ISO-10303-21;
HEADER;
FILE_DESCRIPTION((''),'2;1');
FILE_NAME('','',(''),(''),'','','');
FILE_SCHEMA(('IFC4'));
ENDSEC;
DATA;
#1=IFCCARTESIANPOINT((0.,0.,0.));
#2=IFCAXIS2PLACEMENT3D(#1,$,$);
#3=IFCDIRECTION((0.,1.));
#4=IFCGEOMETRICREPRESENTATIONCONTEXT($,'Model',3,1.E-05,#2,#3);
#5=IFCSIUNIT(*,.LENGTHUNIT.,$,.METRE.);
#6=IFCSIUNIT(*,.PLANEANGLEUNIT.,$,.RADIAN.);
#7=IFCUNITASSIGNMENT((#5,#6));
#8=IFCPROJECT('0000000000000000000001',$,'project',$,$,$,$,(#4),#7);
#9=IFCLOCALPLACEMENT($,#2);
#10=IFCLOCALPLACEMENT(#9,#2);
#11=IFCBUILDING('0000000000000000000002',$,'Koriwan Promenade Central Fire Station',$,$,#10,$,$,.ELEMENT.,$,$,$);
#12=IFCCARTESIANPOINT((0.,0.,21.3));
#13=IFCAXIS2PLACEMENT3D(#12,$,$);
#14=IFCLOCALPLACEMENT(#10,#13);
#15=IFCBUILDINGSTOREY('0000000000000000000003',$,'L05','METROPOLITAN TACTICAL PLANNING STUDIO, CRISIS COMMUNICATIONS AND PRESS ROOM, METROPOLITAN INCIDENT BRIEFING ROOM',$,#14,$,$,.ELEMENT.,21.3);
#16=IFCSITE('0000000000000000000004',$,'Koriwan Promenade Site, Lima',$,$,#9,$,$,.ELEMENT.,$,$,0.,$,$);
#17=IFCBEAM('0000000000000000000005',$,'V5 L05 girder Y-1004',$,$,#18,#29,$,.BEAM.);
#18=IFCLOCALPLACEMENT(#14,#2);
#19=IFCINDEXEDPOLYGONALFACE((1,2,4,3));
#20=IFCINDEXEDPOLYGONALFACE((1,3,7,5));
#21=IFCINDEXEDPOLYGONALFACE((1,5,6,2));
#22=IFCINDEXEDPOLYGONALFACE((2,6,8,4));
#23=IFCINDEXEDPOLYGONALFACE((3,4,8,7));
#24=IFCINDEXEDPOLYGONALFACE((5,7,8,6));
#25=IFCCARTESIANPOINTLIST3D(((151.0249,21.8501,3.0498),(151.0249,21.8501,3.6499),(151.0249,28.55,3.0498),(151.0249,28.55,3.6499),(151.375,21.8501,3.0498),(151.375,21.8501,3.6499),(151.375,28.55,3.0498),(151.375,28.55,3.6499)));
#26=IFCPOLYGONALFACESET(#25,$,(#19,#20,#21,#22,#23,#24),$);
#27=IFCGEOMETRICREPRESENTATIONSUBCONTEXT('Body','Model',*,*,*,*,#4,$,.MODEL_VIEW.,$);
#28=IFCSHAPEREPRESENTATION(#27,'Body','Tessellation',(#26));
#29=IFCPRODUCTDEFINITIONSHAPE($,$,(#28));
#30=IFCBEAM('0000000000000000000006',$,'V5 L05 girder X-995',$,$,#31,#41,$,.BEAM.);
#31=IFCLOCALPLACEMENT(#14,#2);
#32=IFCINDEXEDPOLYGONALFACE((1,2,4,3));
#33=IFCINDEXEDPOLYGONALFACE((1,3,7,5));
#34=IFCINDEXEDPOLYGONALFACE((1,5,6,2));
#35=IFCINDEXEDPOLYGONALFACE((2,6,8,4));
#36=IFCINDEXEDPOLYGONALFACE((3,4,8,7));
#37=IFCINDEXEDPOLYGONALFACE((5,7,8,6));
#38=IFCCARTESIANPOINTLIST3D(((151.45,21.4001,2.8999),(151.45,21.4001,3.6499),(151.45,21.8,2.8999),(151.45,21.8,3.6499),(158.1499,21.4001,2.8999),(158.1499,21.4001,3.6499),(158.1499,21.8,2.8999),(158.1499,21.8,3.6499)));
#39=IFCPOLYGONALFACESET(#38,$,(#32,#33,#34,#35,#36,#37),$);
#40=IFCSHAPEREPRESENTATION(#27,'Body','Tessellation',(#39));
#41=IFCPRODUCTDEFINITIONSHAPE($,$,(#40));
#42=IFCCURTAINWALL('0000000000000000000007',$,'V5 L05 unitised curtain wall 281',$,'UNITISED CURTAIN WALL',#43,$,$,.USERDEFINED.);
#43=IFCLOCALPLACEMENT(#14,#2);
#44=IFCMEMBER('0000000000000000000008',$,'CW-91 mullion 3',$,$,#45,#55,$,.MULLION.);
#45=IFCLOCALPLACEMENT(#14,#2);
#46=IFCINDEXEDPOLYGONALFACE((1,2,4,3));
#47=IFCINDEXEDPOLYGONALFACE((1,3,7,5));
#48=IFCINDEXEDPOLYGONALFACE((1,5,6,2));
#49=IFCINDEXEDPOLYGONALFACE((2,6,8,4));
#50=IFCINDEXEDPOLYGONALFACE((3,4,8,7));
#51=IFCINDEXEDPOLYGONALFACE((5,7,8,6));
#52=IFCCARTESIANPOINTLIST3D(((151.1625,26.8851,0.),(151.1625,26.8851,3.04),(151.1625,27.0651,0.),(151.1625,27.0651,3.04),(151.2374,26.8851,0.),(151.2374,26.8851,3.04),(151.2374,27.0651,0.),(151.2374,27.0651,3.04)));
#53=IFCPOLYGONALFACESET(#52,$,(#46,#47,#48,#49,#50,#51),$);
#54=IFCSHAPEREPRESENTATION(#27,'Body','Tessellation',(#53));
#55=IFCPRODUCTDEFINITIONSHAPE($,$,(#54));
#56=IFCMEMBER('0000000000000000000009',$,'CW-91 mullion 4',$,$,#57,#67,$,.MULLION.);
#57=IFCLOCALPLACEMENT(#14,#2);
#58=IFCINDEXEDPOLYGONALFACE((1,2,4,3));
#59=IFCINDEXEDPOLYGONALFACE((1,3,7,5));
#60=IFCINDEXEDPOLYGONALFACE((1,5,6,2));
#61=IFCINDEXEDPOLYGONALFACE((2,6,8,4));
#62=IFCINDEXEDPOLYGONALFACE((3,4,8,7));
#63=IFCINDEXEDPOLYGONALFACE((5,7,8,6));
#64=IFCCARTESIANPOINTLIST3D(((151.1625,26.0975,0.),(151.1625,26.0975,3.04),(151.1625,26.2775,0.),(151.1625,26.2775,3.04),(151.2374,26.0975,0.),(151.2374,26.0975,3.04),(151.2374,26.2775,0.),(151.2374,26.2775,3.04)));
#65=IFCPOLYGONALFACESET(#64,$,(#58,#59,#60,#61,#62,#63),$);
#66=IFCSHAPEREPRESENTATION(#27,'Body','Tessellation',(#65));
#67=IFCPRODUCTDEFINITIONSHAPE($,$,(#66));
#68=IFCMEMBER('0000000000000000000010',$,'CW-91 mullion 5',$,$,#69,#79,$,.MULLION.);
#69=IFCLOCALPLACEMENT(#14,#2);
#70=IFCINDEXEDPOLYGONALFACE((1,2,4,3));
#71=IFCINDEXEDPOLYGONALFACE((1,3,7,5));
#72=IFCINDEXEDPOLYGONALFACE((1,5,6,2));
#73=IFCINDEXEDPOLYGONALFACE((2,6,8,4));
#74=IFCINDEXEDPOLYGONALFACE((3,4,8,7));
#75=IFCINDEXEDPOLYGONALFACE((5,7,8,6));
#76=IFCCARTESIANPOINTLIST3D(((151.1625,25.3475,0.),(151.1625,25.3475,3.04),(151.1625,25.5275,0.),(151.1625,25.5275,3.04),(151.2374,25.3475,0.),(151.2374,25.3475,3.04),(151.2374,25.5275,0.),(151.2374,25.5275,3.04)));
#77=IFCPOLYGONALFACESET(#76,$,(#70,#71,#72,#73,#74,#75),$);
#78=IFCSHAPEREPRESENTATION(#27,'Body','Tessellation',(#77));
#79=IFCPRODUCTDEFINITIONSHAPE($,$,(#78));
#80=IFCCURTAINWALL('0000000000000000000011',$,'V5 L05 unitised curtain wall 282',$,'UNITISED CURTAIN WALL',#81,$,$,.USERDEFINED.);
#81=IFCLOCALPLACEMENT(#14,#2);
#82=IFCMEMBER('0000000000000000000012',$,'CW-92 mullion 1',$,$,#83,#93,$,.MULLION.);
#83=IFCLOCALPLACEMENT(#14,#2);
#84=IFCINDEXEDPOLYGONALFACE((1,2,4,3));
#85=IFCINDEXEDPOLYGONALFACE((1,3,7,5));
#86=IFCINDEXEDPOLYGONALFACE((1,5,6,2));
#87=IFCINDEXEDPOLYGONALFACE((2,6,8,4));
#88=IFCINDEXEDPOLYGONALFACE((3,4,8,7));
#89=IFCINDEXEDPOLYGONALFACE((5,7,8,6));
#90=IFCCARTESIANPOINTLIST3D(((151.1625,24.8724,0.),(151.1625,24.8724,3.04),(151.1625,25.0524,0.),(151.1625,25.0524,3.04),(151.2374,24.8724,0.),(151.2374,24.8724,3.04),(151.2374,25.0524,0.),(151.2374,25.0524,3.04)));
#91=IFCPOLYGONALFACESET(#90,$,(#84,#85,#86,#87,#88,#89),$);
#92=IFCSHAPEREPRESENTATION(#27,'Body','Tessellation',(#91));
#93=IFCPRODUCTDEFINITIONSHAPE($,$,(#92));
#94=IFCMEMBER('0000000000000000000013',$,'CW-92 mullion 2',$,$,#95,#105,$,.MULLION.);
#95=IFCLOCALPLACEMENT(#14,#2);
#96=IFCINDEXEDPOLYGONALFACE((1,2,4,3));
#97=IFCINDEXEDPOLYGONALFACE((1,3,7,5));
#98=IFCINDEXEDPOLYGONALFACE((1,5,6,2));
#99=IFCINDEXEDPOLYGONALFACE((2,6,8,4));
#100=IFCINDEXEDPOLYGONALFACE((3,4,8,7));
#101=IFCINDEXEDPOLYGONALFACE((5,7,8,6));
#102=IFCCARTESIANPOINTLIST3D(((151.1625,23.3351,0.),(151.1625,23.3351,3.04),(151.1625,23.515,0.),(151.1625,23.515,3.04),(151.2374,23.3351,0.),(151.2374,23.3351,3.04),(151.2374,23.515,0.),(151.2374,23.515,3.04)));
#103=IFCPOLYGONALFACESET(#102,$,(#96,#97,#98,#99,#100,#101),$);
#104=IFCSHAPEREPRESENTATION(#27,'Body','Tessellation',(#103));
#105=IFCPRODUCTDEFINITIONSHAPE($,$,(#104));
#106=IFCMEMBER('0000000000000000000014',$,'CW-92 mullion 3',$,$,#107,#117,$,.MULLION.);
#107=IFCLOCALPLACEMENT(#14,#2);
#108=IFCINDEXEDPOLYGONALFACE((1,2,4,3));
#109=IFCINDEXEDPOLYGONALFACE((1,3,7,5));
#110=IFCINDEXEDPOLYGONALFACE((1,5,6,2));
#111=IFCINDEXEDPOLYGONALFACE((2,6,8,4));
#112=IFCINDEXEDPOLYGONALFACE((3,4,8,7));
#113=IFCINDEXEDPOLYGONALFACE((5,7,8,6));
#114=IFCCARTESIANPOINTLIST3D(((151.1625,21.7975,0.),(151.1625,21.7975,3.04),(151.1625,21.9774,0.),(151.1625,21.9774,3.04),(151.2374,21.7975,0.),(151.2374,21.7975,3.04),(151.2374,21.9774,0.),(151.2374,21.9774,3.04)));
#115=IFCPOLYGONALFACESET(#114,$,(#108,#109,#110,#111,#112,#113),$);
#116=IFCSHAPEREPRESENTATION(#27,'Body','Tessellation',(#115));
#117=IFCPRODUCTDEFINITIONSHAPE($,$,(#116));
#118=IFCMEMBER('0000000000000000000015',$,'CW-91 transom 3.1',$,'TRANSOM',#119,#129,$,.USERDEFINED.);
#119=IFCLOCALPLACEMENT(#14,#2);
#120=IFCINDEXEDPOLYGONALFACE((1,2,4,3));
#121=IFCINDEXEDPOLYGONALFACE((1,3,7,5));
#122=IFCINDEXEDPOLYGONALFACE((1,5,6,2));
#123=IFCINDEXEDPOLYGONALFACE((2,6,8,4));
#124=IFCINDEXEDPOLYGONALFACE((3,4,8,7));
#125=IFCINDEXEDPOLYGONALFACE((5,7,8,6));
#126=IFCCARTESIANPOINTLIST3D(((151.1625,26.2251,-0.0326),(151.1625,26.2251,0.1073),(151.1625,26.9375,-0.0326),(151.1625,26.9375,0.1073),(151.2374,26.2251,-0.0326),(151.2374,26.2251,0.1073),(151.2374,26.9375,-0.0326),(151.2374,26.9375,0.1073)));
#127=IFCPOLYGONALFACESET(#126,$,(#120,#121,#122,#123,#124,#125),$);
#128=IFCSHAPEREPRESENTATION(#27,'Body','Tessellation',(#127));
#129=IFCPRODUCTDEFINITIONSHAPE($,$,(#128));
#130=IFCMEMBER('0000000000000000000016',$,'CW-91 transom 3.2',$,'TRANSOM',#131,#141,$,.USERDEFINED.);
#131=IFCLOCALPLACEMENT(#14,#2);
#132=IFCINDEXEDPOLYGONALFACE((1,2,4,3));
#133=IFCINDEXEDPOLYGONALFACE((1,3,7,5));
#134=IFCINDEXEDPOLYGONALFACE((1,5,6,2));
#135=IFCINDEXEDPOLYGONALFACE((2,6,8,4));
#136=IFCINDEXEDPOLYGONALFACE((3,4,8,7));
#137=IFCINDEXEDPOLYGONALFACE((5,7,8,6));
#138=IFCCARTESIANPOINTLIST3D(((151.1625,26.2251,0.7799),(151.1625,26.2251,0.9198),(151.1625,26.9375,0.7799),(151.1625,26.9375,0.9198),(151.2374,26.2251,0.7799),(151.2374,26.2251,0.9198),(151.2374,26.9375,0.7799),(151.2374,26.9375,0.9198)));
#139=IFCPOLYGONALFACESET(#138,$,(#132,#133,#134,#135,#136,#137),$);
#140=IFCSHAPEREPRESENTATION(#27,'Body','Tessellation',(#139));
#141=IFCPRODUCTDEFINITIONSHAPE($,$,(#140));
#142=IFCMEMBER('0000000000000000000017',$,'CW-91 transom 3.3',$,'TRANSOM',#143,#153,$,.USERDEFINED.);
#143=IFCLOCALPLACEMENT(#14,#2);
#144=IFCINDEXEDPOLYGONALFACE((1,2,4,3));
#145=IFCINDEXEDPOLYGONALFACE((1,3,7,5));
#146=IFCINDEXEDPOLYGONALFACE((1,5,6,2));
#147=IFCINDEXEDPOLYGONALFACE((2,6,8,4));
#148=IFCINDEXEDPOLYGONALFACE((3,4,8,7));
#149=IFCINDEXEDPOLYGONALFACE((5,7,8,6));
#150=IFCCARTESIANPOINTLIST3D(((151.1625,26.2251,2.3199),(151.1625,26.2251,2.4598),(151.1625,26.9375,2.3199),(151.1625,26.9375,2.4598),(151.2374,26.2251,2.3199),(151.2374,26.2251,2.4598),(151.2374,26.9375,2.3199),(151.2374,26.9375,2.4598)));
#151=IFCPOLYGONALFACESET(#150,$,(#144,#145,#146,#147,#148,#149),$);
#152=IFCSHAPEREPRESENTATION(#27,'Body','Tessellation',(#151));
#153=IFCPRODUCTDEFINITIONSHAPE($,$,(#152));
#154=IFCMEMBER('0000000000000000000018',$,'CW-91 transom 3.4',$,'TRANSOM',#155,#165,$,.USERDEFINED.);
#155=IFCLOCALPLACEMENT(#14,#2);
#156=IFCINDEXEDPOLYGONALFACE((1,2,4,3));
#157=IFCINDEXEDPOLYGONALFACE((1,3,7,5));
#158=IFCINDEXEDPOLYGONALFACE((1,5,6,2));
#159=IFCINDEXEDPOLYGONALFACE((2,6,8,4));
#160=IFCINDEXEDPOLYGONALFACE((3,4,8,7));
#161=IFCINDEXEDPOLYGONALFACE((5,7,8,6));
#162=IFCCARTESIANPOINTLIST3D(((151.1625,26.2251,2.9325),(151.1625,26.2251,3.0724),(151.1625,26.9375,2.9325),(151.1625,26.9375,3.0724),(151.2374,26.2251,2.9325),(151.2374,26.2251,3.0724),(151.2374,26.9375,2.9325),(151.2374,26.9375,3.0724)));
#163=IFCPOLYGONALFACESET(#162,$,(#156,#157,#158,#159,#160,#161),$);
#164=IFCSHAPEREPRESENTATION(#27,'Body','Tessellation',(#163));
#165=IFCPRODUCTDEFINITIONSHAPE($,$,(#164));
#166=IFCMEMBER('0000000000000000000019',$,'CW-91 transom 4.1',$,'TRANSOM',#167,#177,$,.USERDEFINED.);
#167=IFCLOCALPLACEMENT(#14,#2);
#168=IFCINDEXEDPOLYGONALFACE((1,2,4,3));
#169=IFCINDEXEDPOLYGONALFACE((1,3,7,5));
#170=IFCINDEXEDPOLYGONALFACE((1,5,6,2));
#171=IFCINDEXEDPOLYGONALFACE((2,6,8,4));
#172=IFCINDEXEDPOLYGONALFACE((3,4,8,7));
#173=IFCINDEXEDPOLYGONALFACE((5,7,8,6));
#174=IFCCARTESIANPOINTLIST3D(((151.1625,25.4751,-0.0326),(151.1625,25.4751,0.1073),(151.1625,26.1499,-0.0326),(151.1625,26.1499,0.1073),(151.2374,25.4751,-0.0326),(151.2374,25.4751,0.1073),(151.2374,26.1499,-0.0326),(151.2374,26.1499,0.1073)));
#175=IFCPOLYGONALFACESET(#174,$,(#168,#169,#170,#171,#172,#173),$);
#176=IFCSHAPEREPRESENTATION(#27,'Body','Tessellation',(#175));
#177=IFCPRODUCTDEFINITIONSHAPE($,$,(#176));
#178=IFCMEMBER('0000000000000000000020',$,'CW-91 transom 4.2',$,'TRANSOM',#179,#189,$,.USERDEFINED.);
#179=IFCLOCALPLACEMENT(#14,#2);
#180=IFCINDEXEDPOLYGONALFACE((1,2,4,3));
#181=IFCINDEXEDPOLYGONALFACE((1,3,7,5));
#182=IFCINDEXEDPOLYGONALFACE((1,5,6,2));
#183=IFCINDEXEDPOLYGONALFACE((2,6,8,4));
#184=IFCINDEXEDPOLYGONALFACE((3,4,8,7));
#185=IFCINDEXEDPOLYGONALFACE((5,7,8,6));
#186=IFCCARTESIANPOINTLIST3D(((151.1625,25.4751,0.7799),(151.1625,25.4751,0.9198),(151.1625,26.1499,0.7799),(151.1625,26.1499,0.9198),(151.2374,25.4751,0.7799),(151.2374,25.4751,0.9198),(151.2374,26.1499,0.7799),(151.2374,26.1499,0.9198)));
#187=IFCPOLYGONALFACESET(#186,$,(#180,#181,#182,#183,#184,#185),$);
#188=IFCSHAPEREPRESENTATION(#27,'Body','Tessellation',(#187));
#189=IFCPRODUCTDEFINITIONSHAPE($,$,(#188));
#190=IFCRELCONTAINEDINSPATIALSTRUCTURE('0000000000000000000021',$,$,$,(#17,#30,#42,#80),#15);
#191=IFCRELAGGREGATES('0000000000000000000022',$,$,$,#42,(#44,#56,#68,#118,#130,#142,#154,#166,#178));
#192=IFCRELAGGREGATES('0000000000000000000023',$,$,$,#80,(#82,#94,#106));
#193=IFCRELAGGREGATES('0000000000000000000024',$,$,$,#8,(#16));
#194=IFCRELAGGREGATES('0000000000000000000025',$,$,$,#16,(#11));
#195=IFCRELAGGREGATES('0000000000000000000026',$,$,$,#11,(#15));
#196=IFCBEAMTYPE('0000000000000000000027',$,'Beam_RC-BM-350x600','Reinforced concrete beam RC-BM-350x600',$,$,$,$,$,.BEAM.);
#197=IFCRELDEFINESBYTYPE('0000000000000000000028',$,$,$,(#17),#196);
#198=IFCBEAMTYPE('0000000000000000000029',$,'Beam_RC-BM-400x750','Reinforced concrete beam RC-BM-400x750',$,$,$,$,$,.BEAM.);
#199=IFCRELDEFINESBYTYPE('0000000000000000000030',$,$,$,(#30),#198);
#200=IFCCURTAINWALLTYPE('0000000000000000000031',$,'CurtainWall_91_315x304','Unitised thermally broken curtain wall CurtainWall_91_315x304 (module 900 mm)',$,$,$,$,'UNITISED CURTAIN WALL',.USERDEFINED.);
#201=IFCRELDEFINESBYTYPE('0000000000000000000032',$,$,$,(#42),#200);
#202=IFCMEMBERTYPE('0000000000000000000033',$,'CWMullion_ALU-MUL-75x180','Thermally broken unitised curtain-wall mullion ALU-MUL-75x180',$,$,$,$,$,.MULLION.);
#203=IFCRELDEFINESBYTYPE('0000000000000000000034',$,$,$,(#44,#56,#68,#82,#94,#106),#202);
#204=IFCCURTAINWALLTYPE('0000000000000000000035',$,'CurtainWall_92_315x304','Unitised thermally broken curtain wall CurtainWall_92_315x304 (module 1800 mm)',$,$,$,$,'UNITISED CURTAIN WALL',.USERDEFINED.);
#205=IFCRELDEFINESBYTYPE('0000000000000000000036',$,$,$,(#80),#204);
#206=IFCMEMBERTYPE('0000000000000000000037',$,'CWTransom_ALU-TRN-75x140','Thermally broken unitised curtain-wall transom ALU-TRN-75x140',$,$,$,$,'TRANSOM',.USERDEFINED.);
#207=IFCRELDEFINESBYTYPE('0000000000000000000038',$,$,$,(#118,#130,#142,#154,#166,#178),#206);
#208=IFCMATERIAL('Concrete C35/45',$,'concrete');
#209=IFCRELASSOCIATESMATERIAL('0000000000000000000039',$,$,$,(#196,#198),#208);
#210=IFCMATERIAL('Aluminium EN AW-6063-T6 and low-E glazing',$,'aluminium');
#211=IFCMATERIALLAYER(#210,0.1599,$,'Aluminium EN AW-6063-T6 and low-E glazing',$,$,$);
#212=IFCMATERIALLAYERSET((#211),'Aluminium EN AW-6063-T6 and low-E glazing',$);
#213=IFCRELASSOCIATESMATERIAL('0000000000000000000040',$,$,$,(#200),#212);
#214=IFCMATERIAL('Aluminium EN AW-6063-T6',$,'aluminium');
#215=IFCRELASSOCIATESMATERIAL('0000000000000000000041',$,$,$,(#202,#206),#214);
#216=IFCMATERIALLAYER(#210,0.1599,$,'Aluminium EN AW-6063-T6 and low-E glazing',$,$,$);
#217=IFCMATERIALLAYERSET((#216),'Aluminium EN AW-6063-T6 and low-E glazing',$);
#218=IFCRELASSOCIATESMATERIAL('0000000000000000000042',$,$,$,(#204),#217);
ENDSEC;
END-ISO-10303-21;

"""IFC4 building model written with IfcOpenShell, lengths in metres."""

from ifc_helpers import new_model, si_unit, direction, frame, origin, origin_2d, place, context, subcontext, project, spatial, rectangle, extrude, material, layer, layer_set, material_profile, profile_set, type_object, element, aggregate, save


model = new_model("IFC4")

# Units and contexts
model_context = context("Model", 3, precision=1e-05, world=origin(), true_north=direction((0.0, 1.0)))
body_context = subcontext(model_context, "Body", "Model", "MODEL_VIEW")
ifc_project = project(units=[si_unit("LENGTHUNIT", "METRE"), si_unit("PLANEANGLEUNIT", "RADIAN")], contexts=[model_context])

# Site, building, storey
site_placement = place(None, origin())
site = spatial("IfcSite", under=ifc_project, at=site_placement, Name="Koriwan Promenade Site, Lima", CompositionType="ELEMENT", RefElevation=0.0)
building_placement = place(site_placement, origin())
building = spatial("IfcBuilding", under=site, at=building_placement, Name="Koriwan Promenade Central Fire Station", CompositionType="ELEMENT")
storey_placement = place(building_placement, frame((0.0, 0.0, 21.3)))
storey = spatial("IfcBuildingStorey", under=building, at=storey_placement, Name="L05", Description="METROPOLITAN TACTICAL PLANNING STUDIO, CRISIS COMMUNICATIONS AND PRESS ROOM, METROPOLITAN INCIDENT BRIEFING ROOM", CompositionType="ELEMENT", Elevation=21.3)

# Beams
ifc_material_1 = material(Name="Concrete C35/45", Category="concrete")
ifc_material_profile_1 = material_profile(ifc_material_1, rectangle(XDim=0.3501, YDim=0.6001, at=origin_2d()), Name="RC-BM-350x600")
ifc_profile_set_1 = profile_set([ifc_material_profile_1], Name="Concrete C35/45")
beam_type_1 = type_object("IfcBeamType", Name="Beam_RC-BM-350x600", Description="Reinforced concrete beam RC-BM-350x600", PredefinedType="BEAM", material=ifc_profile_set_1)
beam_1_placement = place(storey_placement, frame((151.2, 21.8501, 3.3499), z_axis=(0.0, 1.0, 0.0), x_axis=(-1.0, 0.0, 0.0)))
element("IfcBeam", 1, at=beam_1_placement, inside=storey, type_object=beam_type_1, Name="V5 L05 girder Y-1004", PredefinedType="BEAM", context=body_context, shape_type="SweptSolid", body=[
    extrude(rectangle(XDim=0.3501, YDim=0.6001, at=origin_2d()), origin(), (0.0, 0.0, 1.0), 6.7),
])
ifc_material_profile_2 = material_profile(ifc_material_1, rectangle(XDim=0.3999, YDim=0.75, at=origin_2d()), Name="RC-BM-400x750")
ifc_profile_set_2 = profile_set([ifc_material_profile_2], Name="Concrete C35/45")
beam_type_2 = type_object("IfcBeamType", Name="Beam_RC-BM-400x750", Description="Reinforced concrete beam RC-BM-400x750", PredefinedType="BEAM", material=ifc_profile_set_2)
beam_2_placement = place(storey_placement, frame((151.45, 21.6001, 3.2749), z_axis=(1.0, 0.0, 0.0), x_axis=(0.0, 1.0, 0.0)))
element("IfcBeam", 2, at=beam_2_placement, inside=storey, type_object=beam_type_2, Name="V5 L05 girder X-995", PredefinedType="BEAM", context=body_context, shape_type="SweptSolid", body=[
    extrude(rectangle(XDim=0.3999, YDim=0.75, at=origin_2d()), origin(), (0.0, 0.0, 1.0), 6.7),
])

# Curtain walls, members
ifc_material_2 = material(Name="Aluminium EN AW-6063-T6 and low-E glazing", Category="aluminium")
ifc_layer_1 = layer(ifc_material_2, 0.1599, Name="Aluminium EN AW-6063-T6 and low-E glazing")
ifc_layer_set_1 = layer_set([ifc_layer_1], Name="Aluminium EN AW-6063-T6 and low-E glazing")
curtain_wall_type_1 = type_object("IfcCurtainWallType", Name="CurtainWall_91_315x304", Description="Unitised thermally broken curtain wall CurtainWall_91_315x304 (module 900 mm)", ElementType="UNITISED CURTAIN WALL", PredefinedType="USERDEFINED", material=ifc_layer_set_1)
curtain_wall_1_placement = place(storey_placement, origin())
curtain_wall_1 = element("IfcCurtainWall", 3, at=curtain_wall_1_placement, inside=storey, type_object=curtain_wall_type_1, Name="V5 L05 unitised curtain wall 281", ObjectType="UNITISED CURTAIN WALL", PredefinedType="USERDEFINED")
ifc_material_3 = material(Name="Aluminium EN AW-6063-T6", Category="aluminium")
ifc_material_profile_3 = material_profile(ifc_material_3, rectangle(XDim=0.075, YDim=0.1799, at=origin_2d()), Name="ALU-MUL-75x180")
ifc_profile_set_3 = profile_set([ifc_material_profile_3], Name="Aluminium EN AW-6063-T6")
member_type_1 = type_object("IfcMemberType", Name="CWMullion_ALU-MUL-75x180", Description="Thermally broken unitised curtain-wall mullion ALU-MUL-75x180", PredefinedType="MULLION", material=ifc_profile_set_3)
member_1_placement = place(storey_placement, frame((151.2, 26.9751, 0.0), z_axis=(0.0, 0.0, 1.0), x_axis=(1.0, 0.0, 0.0)))
member_1 = element("IfcMember", 4, at=member_1_placement, type_object=member_type_1, Name="CW-91 mullion 3", PredefinedType="MULLION", context=body_context, shape_type="SweptSolid", body=[
    extrude(rectangle(XDim=0.075, YDim=0.1799, at=origin_2d()), origin(), (0.0, 0.0, 1.0), 3.04),
])
member_2_placement = place(storey_placement, frame((151.2, 26.1875, 0.0), z_axis=(0.0, 0.0, 1.0), x_axis=(1.0, 0.0, 0.0)))
member_2 = element("IfcMember", 5, at=member_2_placement, type_object=member_type_1, Name="CW-91 mullion 4", PredefinedType="MULLION", context=body_context, shape_type="SweptSolid", body=[
    extrude(rectangle(XDim=0.075, YDim=0.1799, at=origin_2d()), origin(), (0.0, 0.0, 1.0), 3.04),
])
member_3_placement = place(storey_placement, frame((151.2, 25.4375, 0.0), z_axis=(0.0, 0.0, 1.0), x_axis=(1.0, 0.0, 0.0)))
member_3 = element("IfcMember", 6, at=member_3_placement, type_object=member_type_1, Name="CW-91 mullion 5", PredefinedType="MULLION", context=body_context, shape_type="SweptSolid", body=[
    extrude(rectangle(XDim=0.075, YDim=0.1799, at=origin_2d()), origin(), (0.0, 0.0, 1.0), 3.04),
])
ifc_layer_2 = layer(ifc_material_2, 0.1599, Name="Aluminium EN AW-6063-T6 and low-E glazing")
ifc_layer_set_2 = layer_set([ifc_layer_2], Name="Aluminium EN AW-6063-T6 and low-E glazing")
curtain_wall_type_2 = type_object("IfcCurtainWallType", Name="CurtainWall_92_315x304", Description="Unitised thermally broken curtain wall CurtainWall_92_315x304 (module 1800 mm)", ElementType="UNITISED CURTAIN WALL", PredefinedType="USERDEFINED", material=ifc_layer_set_2)
curtain_wall_2_placement = place(storey_placement, origin())
curtain_wall_2 = element("IfcCurtainWall", 7, at=curtain_wall_2_placement, inside=storey, type_object=curtain_wall_type_2, Name="V5 L05 unitised curtain wall 282", ObjectType="UNITISED CURTAIN WALL", PredefinedType="USERDEFINED")
member_4_placement = place(storey_placement, frame((151.2, 24.9624, 0.0), z_axis=(0.0, 0.0, 1.0), x_axis=(1.0, 0.0, 0.0)))
member_4 = element("IfcMember", 8, at=member_4_placement, type_object=member_type_1, Name="CW-92 mullion 1", PredefinedType="MULLION", context=body_context, shape_type="SweptSolid", body=[
    extrude(rectangle(XDim=0.075, YDim=0.1799, at=origin_2d()), origin(), (0.0, 0.0, 1.0), 3.04),
])
member_5_placement = place(storey_placement, frame((151.2, 23.425, 0.0), z_axis=(0.0, 0.0, 1.0), x_axis=(1.0, 0.0, 0.0)))
member_5 = element("IfcMember", 9, at=member_5_placement, type_object=member_type_1, Name="CW-92 mullion 2", PredefinedType="MULLION", context=body_context, shape_type="SweptSolid", body=[
    extrude(rectangle(XDim=0.075, YDim=0.1799, at=origin_2d()), origin(), (0.0, 0.0, 1.0), 3.04),
])
member_6_placement = place(storey_placement, frame((151.2, 21.8875, 0.0), z_axis=(0.0, 0.0, 1.0), x_axis=(1.0, 0.0, 0.0)))
member_6 = element("IfcMember", 10, at=member_6_placement, type_object=member_type_1, Name="CW-92 mullion 3", PredefinedType="MULLION", context=body_context, shape_type="SweptSolid", body=[
    extrude(rectangle(XDim=0.075, YDim=0.1799, at=origin_2d()), origin(), (0.0, 0.0, 1.0), 3.04),
])

# Members
ifc_material_profile_4 = material_profile(ifc_material_3, rectangle(XDim=0.075, YDim=0.1399, at=origin_2d()), Name="ALU-TRN-75x140")
ifc_profile_set_4 = profile_set([ifc_material_profile_4], Name="Aluminium EN AW-6063-T6")
member_type_2 = type_object("IfcMemberType", Name="CWTransom_ALU-TRN-75x140", Description="Thermally broken unitised curtain-wall transom ALU-TRN-75x140", ElementType="TRANSOM", PredefinedType="USERDEFINED", material=ifc_profile_set_4)
member_7_placement = place(storey_placement, frame((151.2, 26.9375, 0.0374), z_axis=(0.0, -1.0, 0.0), x_axis=(1.0, 0.0, 0.0)))
member_7 = element("IfcMember", 11, at=member_7_placement, type_object=member_type_2, Name="CW-91 transom 3.1", ObjectType="TRANSOM", PredefinedType="USERDEFINED", context=body_context, shape_type="SweptSolid", body=[
    extrude(rectangle(XDim=0.075, YDim=0.1399, at=origin_2d()), origin(), (0.0, 0.0, 1.0), 0.7124),
])
member_8_placement = place(storey_placement, frame((151.2, 26.9375, 0.8499), z_axis=(0.0, -1.0, 0.0), x_axis=(1.0, 0.0, 0.0)))
member_8 = element("IfcMember", 12, at=member_8_placement, type_object=member_type_2, Name="CW-91 transom 3.2", ObjectType="TRANSOM", PredefinedType="USERDEFINED", context=body_context, shape_type="SweptSolid", body=[
    extrude(rectangle(XDim=0.075, YDim=0.1399, at=origin_2d()), origin(), (0.0, 0.0, 1.0), 0.7124),
])
member_9_placement = place(storey_placement, frame((151.2, 26.9375, 2.3899), z_axis=(0.0, -1.0, 0.0), x_axis=(1.0, 0.0, 0.0)))
member_9 = element("IfcMember", 13, at=member_9_placement, type_object=member_type_2, Name="CW-91 transom 3.3", ObjectType="TRANSOM", PredefinedType="USERDEFINED", context=body_context, shape_type="SweptSolid", body=[
    extrude(rectangle(XDim=0.075, YDim=0.1399, at=origin_2d()), origin(), (0.0, 0.0, 1.0), 0.7124),
])
member_10_placement = place(storey_placement, frame((151.2, 26.9375, 3.0024), z_axis=(0.0, -1.0, 0.0), x_axis=(1.0, 0.0, 0.0)))
member_10 = element("IfcMember", 14, at=member_10_placement, type_object=member_type_2, Name="CW-91 transom 3.4", ObjectType="TRANSOM", PredefinedType="USERDEFINED", context=body_context, shape_type="SweptSolid", body=[
    extrude(rectangle(XDim=0.075, YDim=0.1399, at=origin_2d()), origin(), (0.0, 0.0, 1.0), 0.7124),
])
member_11_placement = place(storey_placement, frame((151.2, 26.1499, 0.0374), z_axis=(0.0, -1.0, 0.0), x_axis=(1.0, 0.0, 0.0)))
member_11 = element("IfcMember", 15, at=member_11_placement, type_object=member_type_2, Name="CW-91 transom 4.1", ObjectType="TRANSOM", PredefinedType="USERDEFINED", context=body_context, shape_type="SweptSolid", body=[
    extrude(rectangle(XDim=0.075, YDim=0.1399, at=origin_2d()), origin(), (0.0, 0.0, 1.0), 0.6748),
])
member_12_placement = place(storey_placement, frame((151.2, 26.1499, 0.8499), z_axis=(0.0, -1.0, 0.0), x_axis=(1.0, 0.0, 0.0)))
member_12 = element("IfcMember", 16, at=member_12_placement, type_object=member_type_2, Name="CW-91 transom 4.2", ObjectType="TRANSOM", PredefinedType="USERDEFINED", context=body_context, shape_type="SweptSolid", body=[
    extrude(rectangle(XDim=0.075, YDim=0.1399, at=origin_2d()), origin(), (0.0, 0.0, 1.0), 0.6748),
])

aggregate(curtain_wall_1, [member_1, member_2, member_3, member_7, member_8, member_9, member_10, member_11, member_12])
aggregate(curtain_wall_2, [member_4, member_5, member_6])

save(model, "model.ifc")
